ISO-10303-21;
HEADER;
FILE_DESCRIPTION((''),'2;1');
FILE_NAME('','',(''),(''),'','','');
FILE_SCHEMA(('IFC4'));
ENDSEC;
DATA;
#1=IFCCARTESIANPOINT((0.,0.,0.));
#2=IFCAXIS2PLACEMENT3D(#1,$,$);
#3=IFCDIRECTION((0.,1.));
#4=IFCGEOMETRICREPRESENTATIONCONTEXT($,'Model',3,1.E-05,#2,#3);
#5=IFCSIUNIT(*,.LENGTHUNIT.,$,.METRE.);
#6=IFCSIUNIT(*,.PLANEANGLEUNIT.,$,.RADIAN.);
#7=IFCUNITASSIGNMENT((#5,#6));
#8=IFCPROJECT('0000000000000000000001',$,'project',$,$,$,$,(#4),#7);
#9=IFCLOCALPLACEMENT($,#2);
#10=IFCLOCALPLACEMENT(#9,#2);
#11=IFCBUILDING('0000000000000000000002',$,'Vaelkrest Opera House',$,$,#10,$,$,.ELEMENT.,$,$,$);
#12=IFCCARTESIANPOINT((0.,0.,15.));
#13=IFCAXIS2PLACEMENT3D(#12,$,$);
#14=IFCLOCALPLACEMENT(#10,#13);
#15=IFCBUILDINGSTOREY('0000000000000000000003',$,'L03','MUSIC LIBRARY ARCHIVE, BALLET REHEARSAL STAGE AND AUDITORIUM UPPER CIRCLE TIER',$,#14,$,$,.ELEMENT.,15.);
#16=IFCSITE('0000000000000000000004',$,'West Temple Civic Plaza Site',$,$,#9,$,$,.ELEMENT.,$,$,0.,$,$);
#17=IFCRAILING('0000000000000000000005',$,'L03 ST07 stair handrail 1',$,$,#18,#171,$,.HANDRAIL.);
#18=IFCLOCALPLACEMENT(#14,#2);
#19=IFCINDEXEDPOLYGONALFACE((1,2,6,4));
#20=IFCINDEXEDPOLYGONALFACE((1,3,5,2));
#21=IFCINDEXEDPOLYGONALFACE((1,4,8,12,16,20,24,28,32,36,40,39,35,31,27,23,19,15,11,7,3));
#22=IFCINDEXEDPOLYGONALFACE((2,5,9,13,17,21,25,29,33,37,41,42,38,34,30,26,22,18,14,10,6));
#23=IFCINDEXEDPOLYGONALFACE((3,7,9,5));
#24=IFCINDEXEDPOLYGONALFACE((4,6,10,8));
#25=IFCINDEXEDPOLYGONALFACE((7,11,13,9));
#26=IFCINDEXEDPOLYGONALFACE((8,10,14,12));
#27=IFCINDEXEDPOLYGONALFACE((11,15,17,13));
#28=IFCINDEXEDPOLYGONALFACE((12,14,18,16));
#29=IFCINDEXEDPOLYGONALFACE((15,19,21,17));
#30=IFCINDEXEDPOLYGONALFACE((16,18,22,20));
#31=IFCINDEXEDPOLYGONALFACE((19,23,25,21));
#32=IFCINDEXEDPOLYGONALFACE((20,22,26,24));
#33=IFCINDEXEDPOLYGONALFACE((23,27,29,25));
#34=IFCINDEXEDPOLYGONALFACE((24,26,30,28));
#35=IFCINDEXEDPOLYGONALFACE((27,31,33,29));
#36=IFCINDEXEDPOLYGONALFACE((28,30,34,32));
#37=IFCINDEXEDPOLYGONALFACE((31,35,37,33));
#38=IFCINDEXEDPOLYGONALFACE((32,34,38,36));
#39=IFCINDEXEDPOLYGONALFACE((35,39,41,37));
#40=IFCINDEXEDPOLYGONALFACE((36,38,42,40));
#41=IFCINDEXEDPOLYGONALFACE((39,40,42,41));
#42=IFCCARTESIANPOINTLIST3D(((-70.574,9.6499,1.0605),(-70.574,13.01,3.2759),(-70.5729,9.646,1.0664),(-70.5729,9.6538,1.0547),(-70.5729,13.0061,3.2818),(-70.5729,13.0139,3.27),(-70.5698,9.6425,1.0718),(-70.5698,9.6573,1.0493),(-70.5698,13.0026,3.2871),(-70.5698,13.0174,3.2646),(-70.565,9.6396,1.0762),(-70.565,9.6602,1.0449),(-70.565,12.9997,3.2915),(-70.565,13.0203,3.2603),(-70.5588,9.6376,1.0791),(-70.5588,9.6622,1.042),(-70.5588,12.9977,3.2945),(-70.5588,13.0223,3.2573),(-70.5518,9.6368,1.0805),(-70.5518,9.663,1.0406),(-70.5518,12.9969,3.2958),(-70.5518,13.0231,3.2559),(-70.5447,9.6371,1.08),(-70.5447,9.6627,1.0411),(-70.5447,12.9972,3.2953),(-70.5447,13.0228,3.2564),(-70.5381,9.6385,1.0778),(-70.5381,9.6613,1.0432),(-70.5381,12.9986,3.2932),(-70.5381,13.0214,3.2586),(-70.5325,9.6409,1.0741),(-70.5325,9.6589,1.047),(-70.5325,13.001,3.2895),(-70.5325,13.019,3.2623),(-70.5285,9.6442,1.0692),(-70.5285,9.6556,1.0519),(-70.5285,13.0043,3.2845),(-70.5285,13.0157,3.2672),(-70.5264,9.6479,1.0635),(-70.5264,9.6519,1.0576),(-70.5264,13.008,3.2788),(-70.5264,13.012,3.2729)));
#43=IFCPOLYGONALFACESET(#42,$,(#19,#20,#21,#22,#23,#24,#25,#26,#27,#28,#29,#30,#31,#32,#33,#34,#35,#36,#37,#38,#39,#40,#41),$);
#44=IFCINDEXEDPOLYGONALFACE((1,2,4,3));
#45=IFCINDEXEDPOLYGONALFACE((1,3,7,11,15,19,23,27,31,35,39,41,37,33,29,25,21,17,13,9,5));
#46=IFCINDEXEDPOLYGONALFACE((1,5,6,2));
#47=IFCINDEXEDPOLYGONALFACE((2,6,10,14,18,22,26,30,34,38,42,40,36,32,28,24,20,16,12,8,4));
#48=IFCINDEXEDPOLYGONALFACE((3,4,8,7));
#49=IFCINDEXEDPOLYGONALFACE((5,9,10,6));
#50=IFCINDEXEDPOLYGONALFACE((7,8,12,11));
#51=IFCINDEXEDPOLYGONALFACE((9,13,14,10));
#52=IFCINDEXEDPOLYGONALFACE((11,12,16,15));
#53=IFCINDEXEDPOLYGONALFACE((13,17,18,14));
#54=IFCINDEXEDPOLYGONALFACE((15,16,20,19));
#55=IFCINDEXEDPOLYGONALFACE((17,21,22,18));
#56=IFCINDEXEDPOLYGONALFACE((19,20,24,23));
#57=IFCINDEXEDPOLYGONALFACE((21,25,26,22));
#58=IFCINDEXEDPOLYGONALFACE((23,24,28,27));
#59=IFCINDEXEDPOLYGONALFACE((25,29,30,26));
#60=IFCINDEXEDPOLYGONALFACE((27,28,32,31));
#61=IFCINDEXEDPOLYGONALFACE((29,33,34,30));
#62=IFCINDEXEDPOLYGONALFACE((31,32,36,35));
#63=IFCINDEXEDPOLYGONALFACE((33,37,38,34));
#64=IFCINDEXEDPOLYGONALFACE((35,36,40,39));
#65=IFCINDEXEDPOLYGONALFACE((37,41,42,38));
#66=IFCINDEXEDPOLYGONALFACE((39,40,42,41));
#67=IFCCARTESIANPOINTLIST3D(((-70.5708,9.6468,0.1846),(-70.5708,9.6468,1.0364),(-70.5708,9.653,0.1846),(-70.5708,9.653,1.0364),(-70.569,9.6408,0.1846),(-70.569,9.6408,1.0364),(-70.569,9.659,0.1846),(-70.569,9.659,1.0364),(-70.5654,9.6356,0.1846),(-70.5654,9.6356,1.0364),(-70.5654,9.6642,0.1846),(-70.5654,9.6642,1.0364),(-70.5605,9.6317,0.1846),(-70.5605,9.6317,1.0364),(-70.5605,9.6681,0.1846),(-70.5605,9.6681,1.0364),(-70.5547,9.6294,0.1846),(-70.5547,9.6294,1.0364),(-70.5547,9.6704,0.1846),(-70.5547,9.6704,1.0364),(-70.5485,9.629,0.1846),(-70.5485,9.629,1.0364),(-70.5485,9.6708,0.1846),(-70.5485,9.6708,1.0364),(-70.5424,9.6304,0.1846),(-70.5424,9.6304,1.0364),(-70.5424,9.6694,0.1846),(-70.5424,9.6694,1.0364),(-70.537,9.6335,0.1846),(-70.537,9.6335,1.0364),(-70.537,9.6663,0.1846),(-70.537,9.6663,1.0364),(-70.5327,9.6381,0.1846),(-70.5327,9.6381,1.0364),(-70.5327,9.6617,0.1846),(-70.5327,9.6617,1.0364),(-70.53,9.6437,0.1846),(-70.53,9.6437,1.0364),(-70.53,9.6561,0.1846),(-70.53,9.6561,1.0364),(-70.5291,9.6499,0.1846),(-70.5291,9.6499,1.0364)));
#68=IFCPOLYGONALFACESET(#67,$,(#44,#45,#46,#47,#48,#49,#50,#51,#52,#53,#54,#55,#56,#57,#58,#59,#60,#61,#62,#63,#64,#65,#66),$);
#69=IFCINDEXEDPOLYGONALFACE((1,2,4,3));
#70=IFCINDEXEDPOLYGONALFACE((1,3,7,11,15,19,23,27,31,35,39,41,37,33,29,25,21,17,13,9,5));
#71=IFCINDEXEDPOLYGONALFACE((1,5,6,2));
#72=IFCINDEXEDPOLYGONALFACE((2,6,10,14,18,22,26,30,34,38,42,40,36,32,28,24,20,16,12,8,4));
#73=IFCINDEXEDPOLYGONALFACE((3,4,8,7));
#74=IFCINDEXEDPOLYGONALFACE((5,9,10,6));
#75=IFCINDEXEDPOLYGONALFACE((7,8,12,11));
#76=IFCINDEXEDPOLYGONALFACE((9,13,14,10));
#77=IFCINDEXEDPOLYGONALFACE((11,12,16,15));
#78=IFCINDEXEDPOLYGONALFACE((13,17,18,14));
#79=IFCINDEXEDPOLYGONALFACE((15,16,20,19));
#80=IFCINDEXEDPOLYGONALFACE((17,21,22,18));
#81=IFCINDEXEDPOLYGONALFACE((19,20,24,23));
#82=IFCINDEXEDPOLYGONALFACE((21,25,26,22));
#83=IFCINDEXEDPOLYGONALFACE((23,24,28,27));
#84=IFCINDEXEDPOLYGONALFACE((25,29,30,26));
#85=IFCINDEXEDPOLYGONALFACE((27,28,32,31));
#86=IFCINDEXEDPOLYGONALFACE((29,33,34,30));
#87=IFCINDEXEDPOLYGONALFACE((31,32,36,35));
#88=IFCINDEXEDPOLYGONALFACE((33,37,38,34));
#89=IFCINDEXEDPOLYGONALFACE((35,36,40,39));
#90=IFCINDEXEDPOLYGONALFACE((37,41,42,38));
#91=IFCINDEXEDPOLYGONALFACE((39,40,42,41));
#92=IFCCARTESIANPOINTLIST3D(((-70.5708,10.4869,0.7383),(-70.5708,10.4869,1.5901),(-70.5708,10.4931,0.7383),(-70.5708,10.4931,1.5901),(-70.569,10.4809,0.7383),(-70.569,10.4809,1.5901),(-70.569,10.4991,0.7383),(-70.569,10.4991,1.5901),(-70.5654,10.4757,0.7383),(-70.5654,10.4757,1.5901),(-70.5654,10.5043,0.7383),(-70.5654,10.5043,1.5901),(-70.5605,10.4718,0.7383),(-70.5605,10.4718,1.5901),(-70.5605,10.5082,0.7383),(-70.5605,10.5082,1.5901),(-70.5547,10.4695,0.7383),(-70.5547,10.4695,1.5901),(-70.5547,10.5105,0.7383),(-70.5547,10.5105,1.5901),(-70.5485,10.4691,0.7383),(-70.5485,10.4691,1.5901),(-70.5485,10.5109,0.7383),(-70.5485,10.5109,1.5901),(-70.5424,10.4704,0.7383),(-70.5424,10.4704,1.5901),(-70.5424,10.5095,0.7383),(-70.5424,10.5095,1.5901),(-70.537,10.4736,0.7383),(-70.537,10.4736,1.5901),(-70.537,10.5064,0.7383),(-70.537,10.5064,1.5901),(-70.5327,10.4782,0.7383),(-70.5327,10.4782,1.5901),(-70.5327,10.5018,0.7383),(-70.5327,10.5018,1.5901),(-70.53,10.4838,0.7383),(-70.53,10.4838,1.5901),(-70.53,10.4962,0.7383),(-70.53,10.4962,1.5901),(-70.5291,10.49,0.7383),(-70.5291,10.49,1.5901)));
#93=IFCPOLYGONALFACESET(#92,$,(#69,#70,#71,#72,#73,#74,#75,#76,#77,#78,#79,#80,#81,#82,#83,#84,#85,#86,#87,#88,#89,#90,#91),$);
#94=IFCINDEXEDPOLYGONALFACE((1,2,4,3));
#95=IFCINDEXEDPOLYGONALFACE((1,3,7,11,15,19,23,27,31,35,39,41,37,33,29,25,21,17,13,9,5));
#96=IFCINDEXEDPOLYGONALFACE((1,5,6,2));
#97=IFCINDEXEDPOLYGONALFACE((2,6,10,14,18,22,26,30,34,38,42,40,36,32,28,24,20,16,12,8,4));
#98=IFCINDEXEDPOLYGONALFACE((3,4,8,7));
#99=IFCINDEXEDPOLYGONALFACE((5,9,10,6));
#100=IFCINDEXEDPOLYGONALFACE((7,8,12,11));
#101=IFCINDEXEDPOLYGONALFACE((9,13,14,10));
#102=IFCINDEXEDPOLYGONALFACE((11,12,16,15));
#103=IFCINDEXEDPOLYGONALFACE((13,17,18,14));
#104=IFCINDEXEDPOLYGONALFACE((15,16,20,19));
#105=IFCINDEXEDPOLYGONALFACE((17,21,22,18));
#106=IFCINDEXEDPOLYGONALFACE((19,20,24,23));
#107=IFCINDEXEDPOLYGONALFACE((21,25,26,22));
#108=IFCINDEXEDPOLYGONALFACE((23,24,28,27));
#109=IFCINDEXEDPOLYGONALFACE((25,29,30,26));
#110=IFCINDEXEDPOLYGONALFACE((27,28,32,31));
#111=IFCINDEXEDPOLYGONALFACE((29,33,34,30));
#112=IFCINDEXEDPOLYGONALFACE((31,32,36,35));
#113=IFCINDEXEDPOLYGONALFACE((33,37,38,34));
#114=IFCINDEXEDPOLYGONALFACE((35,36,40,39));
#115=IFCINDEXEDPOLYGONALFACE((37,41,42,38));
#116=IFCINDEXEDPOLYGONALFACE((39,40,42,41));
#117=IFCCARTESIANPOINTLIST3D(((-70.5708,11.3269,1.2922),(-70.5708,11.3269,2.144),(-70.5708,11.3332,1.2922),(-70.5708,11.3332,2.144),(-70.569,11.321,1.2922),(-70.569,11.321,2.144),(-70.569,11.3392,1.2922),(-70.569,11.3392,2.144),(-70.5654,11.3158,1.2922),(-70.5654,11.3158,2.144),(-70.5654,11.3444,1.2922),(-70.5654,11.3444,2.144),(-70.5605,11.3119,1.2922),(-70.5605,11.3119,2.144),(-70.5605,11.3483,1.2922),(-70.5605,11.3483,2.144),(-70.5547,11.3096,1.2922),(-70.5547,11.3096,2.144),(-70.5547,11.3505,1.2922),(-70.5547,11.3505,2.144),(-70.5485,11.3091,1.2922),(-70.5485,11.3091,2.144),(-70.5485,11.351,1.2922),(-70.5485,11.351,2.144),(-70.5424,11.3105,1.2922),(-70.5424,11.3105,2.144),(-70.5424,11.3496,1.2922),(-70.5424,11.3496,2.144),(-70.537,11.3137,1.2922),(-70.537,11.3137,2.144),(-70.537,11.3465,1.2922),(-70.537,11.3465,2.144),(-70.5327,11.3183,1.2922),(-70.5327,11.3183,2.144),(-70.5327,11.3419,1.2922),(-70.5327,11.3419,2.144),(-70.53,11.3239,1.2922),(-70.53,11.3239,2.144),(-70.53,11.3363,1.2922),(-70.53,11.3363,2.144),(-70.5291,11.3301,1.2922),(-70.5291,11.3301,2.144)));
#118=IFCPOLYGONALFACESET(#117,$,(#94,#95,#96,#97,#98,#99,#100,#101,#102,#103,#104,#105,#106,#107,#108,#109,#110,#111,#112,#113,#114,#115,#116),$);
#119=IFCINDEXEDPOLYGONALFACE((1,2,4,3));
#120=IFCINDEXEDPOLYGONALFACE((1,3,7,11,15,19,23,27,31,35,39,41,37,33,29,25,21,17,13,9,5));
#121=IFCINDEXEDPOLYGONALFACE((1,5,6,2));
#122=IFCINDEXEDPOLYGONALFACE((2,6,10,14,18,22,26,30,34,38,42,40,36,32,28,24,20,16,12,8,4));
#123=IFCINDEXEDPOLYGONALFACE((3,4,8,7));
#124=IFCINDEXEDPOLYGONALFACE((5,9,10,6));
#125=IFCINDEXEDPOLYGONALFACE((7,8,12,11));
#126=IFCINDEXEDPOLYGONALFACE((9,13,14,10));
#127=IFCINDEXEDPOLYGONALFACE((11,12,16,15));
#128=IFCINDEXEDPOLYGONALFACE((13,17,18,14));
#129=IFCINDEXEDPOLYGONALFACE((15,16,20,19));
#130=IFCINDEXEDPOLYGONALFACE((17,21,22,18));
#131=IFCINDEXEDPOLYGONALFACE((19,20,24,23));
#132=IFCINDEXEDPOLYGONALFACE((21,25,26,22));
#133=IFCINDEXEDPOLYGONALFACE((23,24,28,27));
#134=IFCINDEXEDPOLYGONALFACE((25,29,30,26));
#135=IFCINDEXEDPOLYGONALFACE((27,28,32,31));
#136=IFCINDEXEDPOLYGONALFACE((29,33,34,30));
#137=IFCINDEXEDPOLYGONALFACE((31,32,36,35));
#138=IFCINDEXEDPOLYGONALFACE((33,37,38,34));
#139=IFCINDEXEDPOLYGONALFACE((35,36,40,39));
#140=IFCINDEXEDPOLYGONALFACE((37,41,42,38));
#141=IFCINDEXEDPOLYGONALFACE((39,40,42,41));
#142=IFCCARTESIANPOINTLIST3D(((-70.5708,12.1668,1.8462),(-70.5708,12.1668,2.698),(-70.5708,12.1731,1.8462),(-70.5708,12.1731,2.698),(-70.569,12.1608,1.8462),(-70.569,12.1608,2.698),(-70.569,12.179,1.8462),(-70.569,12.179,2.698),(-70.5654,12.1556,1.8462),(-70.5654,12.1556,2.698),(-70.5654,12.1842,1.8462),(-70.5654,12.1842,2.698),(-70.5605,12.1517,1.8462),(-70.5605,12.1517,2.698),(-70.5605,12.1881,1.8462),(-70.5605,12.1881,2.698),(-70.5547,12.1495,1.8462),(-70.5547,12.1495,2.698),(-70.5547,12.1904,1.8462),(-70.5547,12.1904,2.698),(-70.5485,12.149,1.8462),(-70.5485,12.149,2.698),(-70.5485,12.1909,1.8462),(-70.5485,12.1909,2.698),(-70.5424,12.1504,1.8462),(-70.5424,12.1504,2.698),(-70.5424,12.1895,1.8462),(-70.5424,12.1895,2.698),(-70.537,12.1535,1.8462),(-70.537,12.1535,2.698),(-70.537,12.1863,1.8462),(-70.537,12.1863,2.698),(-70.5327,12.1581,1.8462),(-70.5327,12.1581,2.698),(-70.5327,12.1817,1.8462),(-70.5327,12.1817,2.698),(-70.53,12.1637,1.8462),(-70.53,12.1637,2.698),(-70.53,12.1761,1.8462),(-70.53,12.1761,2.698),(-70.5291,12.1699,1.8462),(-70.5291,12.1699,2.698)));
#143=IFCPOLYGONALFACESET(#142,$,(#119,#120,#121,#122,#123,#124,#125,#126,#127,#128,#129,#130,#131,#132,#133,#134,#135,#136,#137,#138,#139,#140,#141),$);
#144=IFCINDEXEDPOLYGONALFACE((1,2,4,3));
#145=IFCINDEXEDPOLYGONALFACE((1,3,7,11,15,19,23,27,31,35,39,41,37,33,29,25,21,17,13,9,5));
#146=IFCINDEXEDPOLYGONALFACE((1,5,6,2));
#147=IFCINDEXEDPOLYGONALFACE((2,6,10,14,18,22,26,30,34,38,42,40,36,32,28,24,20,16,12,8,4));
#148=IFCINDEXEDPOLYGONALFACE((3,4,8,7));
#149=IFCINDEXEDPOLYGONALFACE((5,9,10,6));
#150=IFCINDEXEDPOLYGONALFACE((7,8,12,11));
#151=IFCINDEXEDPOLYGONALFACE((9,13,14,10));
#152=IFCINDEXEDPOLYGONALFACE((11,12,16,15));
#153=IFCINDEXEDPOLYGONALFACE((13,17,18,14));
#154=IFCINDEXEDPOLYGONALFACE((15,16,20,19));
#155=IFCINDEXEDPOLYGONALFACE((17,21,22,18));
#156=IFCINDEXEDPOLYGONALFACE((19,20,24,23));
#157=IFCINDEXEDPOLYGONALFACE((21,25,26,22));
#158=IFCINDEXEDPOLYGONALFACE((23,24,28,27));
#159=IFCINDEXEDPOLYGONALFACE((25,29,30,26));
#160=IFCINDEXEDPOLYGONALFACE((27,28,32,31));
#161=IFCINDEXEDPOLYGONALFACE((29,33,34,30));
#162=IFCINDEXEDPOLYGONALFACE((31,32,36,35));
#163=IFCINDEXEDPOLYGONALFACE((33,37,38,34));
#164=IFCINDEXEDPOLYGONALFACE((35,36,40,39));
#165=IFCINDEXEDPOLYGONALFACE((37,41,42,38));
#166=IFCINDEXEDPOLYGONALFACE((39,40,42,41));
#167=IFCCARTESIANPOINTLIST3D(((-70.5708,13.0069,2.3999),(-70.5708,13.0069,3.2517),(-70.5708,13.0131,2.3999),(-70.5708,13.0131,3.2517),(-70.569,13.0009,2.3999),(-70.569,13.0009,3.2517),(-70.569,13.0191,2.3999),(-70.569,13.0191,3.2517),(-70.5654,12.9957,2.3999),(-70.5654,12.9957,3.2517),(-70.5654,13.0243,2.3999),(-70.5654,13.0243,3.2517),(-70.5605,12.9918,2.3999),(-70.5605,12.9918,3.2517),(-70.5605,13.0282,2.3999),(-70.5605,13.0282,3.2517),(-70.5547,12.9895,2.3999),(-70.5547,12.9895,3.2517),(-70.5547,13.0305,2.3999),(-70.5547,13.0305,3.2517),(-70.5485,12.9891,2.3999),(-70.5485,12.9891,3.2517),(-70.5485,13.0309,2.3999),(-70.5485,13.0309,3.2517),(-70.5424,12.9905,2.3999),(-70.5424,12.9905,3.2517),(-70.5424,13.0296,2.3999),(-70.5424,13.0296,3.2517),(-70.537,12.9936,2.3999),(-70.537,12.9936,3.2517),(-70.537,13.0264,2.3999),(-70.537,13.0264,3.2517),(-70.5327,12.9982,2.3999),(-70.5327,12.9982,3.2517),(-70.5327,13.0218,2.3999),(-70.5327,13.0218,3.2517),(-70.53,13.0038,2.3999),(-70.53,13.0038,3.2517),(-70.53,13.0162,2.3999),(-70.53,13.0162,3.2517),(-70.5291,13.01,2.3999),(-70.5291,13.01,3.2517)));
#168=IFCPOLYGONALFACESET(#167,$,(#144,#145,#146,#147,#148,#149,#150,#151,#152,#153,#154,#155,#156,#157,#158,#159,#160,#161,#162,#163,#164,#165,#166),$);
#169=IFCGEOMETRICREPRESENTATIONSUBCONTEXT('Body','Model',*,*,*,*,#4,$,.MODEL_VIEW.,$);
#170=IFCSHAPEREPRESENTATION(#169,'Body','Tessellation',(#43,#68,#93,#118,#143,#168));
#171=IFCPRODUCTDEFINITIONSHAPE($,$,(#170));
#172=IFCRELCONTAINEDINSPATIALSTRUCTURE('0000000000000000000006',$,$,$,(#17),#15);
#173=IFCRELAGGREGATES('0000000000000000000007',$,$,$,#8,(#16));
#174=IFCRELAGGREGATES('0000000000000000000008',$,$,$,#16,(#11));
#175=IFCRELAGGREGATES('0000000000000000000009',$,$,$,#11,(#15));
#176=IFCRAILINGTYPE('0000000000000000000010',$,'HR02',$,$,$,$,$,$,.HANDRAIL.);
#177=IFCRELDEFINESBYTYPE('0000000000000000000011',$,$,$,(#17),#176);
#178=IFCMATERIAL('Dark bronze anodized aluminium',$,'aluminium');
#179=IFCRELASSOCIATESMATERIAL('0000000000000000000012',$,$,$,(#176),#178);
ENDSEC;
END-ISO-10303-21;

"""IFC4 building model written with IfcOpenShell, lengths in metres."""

from ifc_helpers import new_model, si_unit, direction, frame, origin, origin_2d, place, context, subcontext, project, spatial, circle, extrude, material, type_object, element, save


model = new_model("IFC4")

# Units and contexts
model_context = context("Model", 3, precision=1e-05, world=origin(), true_north=direction((0.0, 1.0)))
body_context = subcontext(model_context, "Body", "Model", "MODEL_VIEW")
ifc_project = project(units=[si_unit("LENGTHUNIT", "METRE"), si_unit("PLANEANGLEUNIT", "RADIAN")], contexts=[model_context])

# Site, building, storey
site_placement = place(None, origin())
site = spatial("IfcSite", under=ifc_project, at=site_placement, Name="West Temple Civic Plaza Site", CompositionType="ELEMENT", RefElevation=0.0)
building_placement = place(site_placement, origin())
building = spatial("IfcBuilding", under=site, at=building_placement, Name="Vaelkrest Opera House", CompositionType="ELEMENT")
storey_placement = place(building_placement, frame((0.0, 0.0, 15.0)))
storey = spatial("IfcBuildingStorey", under=building, at=storey_placement, Name="L03", Description="MUSIC LIBRARY ARCHIVE, BALLET REHEARSAL STAGE AND AUDITORIUM UPPER CIRCLE TIER", CompositionType="ELEMENT", Elevation=15.0)

# Shared definitions
ifc_material_1 = material(Name="Dark bronze anodized aluminium", Category="aluminium")

# Railing
railing_type_1 = type_object("IfcRailingType", Name="HR02", PredefinedType="HANDRAIL", material=ifc_material_1)
railing_1_placement = place(storey_placement, frame((-70.55, 9.6499, 0.1846)))
element("IfcRailing", 1, at=railing_1_placement, inside=storey, type_object=railing_type_1, Name="L03 ST07 stair handrail 1", PredefinedType="HANDRAIL", context=body_context, shape_type="SweptSolid", body=[
    extrude(circle(Radius=0.0239, at=origin_2d()), frame((0.0, 0.0, 0.876), z_axis=(0.0, 0.834876, 0.550437), x_axis=(-1.0, 0.0, 0.0)), (0.0, 0.0, 1.0), 4.0247),
    extrude(circle(Radius=0.021, at=origin_2d()), origin(), (0.0, 0.0, 1.0), 0.8518),
    extrude(circle(Radius=0.021, at=origin_2d()), frame((0.0, 0.8401, 0.5537)), (0.0, 0.0, 1.0), 0.8518),
    extrude(circle(Radius=0.021, at=origin_2d()), frame((0.0, 1.6802, 1.1077)), (0.0, 0.0, 1.0), 0.8518),
    extrude(circle(Radius=0.021, at=origin_2d()), frame((0.0, 2.52, 1.6616)), (0.0, 0.0, 1.0), 0.8518),
    extrude(circle(Radius=0.021, at=origin_2d()), frame((0.0, 3.3601, 2.2153)), (0.0, 0.0, 1.0), 0.8518),
])

save(model, "model.ifc")
